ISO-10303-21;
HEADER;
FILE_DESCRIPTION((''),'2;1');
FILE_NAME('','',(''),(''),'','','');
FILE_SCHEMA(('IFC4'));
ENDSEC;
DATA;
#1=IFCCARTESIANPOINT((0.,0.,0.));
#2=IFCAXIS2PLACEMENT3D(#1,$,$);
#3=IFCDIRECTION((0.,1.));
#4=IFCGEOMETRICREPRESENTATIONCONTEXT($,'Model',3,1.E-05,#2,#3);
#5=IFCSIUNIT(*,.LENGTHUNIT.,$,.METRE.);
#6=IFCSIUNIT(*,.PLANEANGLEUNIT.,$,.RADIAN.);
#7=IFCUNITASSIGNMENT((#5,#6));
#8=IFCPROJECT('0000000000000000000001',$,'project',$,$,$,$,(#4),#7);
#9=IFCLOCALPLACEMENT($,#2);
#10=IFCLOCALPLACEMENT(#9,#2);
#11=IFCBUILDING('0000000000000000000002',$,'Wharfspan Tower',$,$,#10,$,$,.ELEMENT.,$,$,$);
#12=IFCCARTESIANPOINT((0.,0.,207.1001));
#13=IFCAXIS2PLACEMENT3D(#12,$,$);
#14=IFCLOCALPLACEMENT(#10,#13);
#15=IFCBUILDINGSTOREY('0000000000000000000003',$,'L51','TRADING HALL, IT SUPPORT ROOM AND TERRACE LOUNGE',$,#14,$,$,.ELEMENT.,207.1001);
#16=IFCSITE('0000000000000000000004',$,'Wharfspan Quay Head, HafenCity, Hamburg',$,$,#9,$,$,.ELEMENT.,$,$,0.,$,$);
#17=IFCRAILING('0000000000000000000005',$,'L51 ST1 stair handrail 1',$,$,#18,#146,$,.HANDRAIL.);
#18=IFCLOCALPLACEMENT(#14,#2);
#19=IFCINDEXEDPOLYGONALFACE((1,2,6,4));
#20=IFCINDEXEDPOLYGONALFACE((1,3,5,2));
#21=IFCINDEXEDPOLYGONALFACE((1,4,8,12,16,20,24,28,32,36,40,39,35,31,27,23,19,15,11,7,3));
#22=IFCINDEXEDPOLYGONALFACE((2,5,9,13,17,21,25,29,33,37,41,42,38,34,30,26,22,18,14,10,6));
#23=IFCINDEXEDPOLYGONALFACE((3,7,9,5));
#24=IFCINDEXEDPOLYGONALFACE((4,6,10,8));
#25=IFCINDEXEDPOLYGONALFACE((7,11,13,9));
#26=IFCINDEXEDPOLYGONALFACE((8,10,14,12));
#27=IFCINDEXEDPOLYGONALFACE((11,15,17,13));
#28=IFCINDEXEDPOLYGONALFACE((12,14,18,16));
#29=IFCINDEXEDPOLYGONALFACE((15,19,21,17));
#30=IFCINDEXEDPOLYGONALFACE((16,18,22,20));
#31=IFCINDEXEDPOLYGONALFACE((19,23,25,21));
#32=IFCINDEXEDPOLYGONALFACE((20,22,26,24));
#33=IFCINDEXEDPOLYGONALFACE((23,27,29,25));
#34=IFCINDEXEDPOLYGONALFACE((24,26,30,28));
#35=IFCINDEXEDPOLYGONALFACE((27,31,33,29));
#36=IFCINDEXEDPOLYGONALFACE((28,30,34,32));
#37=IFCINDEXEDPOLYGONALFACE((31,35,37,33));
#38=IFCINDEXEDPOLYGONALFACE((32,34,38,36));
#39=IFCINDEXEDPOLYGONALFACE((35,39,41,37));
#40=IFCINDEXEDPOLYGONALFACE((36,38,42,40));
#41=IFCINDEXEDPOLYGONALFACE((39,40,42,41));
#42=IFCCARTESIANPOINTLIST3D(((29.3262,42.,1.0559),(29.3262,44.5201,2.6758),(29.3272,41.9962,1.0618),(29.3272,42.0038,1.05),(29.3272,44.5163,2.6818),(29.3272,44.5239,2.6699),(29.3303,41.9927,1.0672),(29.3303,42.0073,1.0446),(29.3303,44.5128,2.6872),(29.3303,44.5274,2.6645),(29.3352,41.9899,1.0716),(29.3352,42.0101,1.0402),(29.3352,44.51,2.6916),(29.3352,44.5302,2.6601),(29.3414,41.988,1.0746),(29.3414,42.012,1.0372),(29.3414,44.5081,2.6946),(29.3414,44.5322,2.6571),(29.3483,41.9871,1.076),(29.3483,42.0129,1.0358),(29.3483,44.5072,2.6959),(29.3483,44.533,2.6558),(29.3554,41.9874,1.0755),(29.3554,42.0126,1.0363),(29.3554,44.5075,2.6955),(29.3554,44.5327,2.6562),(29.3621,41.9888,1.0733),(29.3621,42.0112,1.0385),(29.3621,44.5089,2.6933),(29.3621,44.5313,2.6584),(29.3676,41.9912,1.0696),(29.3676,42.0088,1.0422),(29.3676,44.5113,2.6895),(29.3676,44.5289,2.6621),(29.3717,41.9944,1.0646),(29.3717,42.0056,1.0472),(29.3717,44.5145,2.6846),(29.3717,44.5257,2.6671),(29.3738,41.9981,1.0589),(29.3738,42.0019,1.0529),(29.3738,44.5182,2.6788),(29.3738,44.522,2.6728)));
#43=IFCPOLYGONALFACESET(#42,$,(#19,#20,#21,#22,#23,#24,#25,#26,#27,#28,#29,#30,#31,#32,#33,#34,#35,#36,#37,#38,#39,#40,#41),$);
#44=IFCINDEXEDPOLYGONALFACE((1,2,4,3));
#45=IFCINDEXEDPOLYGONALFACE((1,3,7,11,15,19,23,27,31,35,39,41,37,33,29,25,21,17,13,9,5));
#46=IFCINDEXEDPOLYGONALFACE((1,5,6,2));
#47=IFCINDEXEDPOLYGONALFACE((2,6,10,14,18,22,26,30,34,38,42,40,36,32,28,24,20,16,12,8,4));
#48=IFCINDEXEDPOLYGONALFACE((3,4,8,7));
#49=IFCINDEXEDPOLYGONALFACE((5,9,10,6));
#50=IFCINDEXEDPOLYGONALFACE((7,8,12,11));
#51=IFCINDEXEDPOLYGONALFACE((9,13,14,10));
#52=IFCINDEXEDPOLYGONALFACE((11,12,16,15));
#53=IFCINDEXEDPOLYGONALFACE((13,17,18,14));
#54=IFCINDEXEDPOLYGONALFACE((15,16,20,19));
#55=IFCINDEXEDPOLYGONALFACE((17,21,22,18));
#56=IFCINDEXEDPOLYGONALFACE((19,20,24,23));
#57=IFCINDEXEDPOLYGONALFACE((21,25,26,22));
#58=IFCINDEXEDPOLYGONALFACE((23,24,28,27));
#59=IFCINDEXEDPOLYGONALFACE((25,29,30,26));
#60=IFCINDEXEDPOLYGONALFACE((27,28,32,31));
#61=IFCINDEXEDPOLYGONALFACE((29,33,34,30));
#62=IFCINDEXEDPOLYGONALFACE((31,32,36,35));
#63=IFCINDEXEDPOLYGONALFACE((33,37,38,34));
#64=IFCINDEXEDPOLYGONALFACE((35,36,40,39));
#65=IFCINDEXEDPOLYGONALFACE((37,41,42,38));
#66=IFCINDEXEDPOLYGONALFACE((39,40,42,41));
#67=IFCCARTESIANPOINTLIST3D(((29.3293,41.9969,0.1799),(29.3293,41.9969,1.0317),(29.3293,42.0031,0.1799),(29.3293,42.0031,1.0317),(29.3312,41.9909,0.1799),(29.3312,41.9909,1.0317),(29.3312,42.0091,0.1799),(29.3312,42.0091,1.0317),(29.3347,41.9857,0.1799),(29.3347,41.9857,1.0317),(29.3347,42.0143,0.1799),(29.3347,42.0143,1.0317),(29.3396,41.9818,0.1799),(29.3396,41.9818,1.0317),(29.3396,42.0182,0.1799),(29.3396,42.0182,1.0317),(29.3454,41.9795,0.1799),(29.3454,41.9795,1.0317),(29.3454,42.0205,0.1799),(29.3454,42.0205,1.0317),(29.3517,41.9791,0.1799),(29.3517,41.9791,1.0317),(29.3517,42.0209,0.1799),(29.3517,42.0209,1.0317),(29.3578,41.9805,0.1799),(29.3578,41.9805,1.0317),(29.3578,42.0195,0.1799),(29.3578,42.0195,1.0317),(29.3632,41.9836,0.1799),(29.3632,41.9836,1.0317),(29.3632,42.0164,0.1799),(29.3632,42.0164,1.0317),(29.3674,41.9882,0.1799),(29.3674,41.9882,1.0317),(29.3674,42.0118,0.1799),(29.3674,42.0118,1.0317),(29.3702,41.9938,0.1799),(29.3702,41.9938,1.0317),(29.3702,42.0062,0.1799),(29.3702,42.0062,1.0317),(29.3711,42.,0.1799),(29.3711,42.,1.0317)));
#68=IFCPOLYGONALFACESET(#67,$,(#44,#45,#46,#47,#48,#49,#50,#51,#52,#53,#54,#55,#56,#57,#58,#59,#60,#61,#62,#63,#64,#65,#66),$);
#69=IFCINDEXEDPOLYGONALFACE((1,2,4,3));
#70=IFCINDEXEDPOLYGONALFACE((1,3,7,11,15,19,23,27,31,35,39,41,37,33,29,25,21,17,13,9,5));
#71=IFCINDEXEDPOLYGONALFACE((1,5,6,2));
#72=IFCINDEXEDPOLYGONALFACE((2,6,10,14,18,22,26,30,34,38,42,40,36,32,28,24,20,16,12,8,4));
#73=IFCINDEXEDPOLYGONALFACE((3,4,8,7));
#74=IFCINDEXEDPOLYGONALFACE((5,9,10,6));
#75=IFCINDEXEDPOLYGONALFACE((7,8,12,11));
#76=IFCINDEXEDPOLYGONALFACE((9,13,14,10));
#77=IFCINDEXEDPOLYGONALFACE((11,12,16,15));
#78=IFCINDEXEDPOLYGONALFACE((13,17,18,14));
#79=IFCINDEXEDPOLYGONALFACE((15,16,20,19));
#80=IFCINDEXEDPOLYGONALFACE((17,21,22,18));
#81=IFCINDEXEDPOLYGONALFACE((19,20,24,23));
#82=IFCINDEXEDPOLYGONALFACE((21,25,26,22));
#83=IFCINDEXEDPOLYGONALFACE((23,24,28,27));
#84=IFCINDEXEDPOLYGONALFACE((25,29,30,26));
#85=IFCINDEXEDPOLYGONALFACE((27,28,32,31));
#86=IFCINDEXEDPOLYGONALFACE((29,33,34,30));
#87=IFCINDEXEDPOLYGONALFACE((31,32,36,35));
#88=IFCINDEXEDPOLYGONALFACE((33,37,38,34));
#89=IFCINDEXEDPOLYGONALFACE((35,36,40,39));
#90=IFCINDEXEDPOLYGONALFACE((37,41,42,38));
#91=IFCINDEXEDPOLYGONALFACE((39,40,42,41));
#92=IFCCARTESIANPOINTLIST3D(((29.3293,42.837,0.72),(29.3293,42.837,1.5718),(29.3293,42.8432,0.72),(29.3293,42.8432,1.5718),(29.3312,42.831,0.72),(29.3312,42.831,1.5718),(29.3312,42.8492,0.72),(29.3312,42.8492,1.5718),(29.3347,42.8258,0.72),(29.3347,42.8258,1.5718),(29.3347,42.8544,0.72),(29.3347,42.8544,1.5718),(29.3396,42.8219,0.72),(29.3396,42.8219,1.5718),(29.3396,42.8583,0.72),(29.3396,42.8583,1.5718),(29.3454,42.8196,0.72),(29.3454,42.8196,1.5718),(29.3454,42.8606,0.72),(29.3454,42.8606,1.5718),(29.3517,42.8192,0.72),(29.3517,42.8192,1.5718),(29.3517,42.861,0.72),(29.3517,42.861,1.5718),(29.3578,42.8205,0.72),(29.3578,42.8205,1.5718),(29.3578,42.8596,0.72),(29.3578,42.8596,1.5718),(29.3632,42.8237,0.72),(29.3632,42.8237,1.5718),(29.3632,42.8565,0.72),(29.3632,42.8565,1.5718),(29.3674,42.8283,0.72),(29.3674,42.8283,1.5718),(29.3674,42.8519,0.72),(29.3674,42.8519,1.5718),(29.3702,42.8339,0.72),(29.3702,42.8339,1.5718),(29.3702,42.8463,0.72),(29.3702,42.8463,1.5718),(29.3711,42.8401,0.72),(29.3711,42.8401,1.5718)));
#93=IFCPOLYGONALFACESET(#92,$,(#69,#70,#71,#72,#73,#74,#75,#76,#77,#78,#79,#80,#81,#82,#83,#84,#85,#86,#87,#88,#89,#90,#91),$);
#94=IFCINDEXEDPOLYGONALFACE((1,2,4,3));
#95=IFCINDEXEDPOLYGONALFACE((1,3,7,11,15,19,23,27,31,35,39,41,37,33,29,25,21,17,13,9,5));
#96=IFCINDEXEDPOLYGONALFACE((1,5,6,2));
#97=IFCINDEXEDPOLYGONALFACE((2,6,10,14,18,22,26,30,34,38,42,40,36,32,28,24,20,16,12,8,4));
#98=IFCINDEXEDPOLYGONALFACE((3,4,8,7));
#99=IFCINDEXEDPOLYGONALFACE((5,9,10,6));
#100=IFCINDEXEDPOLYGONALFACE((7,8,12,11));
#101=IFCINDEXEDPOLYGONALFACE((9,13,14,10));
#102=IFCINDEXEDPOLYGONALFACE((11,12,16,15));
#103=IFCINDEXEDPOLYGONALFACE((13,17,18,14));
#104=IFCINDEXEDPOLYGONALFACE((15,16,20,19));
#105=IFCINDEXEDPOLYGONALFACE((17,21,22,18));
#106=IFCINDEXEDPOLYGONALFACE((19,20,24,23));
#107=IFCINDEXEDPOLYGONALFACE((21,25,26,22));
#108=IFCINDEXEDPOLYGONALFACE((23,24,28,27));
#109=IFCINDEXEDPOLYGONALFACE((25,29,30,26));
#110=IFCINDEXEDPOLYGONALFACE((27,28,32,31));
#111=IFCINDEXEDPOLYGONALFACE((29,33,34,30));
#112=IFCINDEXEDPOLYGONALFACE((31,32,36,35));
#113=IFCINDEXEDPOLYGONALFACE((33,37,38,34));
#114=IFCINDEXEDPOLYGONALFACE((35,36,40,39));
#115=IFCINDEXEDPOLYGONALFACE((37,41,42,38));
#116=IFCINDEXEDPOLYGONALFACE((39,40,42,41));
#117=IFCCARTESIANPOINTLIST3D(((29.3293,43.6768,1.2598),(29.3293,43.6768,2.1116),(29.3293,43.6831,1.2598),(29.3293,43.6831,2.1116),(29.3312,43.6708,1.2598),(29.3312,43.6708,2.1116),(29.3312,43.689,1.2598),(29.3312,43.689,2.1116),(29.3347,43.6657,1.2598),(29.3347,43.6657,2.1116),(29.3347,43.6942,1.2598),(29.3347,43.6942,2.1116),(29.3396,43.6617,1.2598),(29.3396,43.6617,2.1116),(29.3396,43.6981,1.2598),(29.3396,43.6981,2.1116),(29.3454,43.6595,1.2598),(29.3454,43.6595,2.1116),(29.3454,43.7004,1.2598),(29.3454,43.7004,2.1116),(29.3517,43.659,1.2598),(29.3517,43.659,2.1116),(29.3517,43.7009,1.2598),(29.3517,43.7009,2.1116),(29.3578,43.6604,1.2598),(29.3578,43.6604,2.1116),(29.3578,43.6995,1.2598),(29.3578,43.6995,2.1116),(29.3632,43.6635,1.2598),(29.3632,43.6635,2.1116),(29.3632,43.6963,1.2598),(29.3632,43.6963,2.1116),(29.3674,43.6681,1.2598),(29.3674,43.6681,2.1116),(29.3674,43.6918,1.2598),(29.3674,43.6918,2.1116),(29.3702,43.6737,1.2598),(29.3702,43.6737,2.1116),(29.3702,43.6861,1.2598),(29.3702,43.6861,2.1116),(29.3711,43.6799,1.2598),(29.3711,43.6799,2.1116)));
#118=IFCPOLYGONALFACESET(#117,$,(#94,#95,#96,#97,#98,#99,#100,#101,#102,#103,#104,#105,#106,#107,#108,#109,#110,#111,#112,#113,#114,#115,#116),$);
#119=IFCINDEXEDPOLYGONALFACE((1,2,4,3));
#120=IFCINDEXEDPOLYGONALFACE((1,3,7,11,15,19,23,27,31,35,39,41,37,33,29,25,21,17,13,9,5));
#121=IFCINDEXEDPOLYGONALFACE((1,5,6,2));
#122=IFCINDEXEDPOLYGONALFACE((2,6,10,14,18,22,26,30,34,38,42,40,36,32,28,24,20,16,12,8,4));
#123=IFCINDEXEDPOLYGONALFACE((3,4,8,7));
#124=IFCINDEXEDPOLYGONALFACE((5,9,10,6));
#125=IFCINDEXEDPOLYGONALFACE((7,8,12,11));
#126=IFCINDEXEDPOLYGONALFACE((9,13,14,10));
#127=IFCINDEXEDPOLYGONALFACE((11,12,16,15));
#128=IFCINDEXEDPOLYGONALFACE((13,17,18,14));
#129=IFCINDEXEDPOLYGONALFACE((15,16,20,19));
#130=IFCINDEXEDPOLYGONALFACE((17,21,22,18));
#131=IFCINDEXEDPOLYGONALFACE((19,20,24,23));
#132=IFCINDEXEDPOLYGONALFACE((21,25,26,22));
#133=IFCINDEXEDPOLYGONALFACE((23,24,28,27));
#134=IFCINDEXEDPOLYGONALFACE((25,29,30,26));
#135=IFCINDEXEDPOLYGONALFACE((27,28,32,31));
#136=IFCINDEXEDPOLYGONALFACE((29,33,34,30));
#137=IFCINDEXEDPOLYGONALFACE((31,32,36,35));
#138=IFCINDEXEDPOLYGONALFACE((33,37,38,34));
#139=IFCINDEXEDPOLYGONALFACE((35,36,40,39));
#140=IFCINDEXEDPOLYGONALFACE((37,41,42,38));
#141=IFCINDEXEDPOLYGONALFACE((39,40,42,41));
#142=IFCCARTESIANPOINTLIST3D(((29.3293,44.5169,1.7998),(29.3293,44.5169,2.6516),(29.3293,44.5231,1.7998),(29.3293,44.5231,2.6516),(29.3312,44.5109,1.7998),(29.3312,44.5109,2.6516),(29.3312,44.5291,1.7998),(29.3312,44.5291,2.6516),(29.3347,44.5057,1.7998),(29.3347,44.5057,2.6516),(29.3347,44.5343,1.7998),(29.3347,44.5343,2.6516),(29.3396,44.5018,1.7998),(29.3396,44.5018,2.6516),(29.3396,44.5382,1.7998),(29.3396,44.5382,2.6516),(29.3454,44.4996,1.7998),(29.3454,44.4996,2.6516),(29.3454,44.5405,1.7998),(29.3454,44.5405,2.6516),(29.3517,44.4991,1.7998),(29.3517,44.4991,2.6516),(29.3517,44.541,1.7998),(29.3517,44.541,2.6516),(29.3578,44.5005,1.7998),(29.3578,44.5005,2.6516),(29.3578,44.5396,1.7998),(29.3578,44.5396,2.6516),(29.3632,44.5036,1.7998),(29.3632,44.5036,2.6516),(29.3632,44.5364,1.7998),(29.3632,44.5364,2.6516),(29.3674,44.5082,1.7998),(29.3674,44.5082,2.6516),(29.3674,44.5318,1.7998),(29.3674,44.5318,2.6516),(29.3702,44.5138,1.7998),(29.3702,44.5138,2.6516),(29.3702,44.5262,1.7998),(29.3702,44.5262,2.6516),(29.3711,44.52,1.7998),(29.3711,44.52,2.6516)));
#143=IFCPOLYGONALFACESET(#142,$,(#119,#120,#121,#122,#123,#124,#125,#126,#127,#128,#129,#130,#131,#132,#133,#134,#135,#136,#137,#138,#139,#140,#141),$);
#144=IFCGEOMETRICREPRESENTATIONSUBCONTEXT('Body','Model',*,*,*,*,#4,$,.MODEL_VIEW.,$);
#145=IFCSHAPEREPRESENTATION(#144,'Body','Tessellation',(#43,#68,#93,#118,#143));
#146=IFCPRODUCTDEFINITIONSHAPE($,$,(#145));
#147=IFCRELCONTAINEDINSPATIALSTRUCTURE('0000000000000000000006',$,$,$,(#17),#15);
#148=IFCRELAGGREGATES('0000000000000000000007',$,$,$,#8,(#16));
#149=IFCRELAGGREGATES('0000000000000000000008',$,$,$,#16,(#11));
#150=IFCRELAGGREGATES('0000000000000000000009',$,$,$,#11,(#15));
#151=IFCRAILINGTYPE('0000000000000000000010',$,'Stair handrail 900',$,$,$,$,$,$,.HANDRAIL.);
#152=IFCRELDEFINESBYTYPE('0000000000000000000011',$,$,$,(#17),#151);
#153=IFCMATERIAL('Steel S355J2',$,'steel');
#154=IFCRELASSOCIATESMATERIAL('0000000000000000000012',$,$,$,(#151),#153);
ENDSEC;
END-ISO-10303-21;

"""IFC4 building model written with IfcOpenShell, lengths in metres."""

from ifc_helpers import new_model, si_unit, direction, frame, origin, origin_2d, place, context, subcontext, project, spatial, circle, extrude, material, type_object, element, save


model = new_model("IFC4")

# Units and contexts
model_context = context("Model", 3, precision=1e-05, world=origin(), true_north=direction((0.0, 1.0)))
body_context = subcontext(model_context, "Body", "Model", "MODEL_VIEW")
ifc_project = project(units=[si_unit("LENGTHUNIT", "METRE"), si_unit("PLANEANGLEUNIT", "RADIAN")], contexts=[model_context])

# Site, building, storey
site_placement = place(None, origin())
site = spatial("IfcSite", under=ifc_project, at=site_placement, Name="Wharfspan Quay Head, HafenCity, Hamburg", CompositionType="ELEMENT", RefElevation=0.0)
building_placement = place(site_placement, origin())
building = spatial("IfcBuilding", under=site, at=building_placement, Name="Wharfspan Tower", CompositionType="ELEMENT")
storey_placement = place(building_placement, frame((0.0, 0.0, 207.1001)))
storey = spatial("IfcBuildingStorey", under=building, at=storey_placement, Name="L51", Description="TRADING HALL, IT SUPPORT ROOM AND TERRACE LOUNGE", CompositionType="ELEMENT", Elevation=207.1001)

# Shared definitions
ifc_material_1 = material(Name="Steel S355J2", Category="steel")

# Railing
railing_type_1 = type_object("IfcRailingType", Name="Stair handrail 900", PredefinedType="HANDRAIL", material=ifc_material_1)
railing_1_placement = place(storey_placement, frame((29.3501, 42.0, 0.1799)))
element("IfcRailing", 1, at=railing_1_placement, inside=storey, type_object=railing_type_1, Name="L51 ST1 stair handrail 1", PredefinedType="HANDRAIL", context=body_context, shape_type="SweptSolid", body=[
    extrude(circle(Radius=0.0239, at=origin_2d()), frame((0.0, 0.0, 0.876), z_axis=(0.0, 0.8412, 0.540725), x_axis=(-1.0, 0.0, 0.0)), (0.0, 0.0, 1.0), 2.9958),
    extrude(circle(Radius=0.021, at=origin_2d()), origin(), (0.0, 0.0, 1.0), 0.8518),
    extrude(circle(Radius=0.021, at=origin_2d()), frame((0.0, 0.8401, 0.54)), (0.0, 0.0, 1.0), 0.8518),
    extrude(circle(Radius=0.021, at=origin_2d()), frame((0.0, 1.6799, 1.0798)), (0.0, 0.0, 1.0), 0.8518),
    extrude(circle(Radius=0.021, at=origin_2d()), frame((0.0, 2.52, 1.6199)), (0.0, 0.0, 1.0), 0.8518),
])

save(model, "model.ifc")
